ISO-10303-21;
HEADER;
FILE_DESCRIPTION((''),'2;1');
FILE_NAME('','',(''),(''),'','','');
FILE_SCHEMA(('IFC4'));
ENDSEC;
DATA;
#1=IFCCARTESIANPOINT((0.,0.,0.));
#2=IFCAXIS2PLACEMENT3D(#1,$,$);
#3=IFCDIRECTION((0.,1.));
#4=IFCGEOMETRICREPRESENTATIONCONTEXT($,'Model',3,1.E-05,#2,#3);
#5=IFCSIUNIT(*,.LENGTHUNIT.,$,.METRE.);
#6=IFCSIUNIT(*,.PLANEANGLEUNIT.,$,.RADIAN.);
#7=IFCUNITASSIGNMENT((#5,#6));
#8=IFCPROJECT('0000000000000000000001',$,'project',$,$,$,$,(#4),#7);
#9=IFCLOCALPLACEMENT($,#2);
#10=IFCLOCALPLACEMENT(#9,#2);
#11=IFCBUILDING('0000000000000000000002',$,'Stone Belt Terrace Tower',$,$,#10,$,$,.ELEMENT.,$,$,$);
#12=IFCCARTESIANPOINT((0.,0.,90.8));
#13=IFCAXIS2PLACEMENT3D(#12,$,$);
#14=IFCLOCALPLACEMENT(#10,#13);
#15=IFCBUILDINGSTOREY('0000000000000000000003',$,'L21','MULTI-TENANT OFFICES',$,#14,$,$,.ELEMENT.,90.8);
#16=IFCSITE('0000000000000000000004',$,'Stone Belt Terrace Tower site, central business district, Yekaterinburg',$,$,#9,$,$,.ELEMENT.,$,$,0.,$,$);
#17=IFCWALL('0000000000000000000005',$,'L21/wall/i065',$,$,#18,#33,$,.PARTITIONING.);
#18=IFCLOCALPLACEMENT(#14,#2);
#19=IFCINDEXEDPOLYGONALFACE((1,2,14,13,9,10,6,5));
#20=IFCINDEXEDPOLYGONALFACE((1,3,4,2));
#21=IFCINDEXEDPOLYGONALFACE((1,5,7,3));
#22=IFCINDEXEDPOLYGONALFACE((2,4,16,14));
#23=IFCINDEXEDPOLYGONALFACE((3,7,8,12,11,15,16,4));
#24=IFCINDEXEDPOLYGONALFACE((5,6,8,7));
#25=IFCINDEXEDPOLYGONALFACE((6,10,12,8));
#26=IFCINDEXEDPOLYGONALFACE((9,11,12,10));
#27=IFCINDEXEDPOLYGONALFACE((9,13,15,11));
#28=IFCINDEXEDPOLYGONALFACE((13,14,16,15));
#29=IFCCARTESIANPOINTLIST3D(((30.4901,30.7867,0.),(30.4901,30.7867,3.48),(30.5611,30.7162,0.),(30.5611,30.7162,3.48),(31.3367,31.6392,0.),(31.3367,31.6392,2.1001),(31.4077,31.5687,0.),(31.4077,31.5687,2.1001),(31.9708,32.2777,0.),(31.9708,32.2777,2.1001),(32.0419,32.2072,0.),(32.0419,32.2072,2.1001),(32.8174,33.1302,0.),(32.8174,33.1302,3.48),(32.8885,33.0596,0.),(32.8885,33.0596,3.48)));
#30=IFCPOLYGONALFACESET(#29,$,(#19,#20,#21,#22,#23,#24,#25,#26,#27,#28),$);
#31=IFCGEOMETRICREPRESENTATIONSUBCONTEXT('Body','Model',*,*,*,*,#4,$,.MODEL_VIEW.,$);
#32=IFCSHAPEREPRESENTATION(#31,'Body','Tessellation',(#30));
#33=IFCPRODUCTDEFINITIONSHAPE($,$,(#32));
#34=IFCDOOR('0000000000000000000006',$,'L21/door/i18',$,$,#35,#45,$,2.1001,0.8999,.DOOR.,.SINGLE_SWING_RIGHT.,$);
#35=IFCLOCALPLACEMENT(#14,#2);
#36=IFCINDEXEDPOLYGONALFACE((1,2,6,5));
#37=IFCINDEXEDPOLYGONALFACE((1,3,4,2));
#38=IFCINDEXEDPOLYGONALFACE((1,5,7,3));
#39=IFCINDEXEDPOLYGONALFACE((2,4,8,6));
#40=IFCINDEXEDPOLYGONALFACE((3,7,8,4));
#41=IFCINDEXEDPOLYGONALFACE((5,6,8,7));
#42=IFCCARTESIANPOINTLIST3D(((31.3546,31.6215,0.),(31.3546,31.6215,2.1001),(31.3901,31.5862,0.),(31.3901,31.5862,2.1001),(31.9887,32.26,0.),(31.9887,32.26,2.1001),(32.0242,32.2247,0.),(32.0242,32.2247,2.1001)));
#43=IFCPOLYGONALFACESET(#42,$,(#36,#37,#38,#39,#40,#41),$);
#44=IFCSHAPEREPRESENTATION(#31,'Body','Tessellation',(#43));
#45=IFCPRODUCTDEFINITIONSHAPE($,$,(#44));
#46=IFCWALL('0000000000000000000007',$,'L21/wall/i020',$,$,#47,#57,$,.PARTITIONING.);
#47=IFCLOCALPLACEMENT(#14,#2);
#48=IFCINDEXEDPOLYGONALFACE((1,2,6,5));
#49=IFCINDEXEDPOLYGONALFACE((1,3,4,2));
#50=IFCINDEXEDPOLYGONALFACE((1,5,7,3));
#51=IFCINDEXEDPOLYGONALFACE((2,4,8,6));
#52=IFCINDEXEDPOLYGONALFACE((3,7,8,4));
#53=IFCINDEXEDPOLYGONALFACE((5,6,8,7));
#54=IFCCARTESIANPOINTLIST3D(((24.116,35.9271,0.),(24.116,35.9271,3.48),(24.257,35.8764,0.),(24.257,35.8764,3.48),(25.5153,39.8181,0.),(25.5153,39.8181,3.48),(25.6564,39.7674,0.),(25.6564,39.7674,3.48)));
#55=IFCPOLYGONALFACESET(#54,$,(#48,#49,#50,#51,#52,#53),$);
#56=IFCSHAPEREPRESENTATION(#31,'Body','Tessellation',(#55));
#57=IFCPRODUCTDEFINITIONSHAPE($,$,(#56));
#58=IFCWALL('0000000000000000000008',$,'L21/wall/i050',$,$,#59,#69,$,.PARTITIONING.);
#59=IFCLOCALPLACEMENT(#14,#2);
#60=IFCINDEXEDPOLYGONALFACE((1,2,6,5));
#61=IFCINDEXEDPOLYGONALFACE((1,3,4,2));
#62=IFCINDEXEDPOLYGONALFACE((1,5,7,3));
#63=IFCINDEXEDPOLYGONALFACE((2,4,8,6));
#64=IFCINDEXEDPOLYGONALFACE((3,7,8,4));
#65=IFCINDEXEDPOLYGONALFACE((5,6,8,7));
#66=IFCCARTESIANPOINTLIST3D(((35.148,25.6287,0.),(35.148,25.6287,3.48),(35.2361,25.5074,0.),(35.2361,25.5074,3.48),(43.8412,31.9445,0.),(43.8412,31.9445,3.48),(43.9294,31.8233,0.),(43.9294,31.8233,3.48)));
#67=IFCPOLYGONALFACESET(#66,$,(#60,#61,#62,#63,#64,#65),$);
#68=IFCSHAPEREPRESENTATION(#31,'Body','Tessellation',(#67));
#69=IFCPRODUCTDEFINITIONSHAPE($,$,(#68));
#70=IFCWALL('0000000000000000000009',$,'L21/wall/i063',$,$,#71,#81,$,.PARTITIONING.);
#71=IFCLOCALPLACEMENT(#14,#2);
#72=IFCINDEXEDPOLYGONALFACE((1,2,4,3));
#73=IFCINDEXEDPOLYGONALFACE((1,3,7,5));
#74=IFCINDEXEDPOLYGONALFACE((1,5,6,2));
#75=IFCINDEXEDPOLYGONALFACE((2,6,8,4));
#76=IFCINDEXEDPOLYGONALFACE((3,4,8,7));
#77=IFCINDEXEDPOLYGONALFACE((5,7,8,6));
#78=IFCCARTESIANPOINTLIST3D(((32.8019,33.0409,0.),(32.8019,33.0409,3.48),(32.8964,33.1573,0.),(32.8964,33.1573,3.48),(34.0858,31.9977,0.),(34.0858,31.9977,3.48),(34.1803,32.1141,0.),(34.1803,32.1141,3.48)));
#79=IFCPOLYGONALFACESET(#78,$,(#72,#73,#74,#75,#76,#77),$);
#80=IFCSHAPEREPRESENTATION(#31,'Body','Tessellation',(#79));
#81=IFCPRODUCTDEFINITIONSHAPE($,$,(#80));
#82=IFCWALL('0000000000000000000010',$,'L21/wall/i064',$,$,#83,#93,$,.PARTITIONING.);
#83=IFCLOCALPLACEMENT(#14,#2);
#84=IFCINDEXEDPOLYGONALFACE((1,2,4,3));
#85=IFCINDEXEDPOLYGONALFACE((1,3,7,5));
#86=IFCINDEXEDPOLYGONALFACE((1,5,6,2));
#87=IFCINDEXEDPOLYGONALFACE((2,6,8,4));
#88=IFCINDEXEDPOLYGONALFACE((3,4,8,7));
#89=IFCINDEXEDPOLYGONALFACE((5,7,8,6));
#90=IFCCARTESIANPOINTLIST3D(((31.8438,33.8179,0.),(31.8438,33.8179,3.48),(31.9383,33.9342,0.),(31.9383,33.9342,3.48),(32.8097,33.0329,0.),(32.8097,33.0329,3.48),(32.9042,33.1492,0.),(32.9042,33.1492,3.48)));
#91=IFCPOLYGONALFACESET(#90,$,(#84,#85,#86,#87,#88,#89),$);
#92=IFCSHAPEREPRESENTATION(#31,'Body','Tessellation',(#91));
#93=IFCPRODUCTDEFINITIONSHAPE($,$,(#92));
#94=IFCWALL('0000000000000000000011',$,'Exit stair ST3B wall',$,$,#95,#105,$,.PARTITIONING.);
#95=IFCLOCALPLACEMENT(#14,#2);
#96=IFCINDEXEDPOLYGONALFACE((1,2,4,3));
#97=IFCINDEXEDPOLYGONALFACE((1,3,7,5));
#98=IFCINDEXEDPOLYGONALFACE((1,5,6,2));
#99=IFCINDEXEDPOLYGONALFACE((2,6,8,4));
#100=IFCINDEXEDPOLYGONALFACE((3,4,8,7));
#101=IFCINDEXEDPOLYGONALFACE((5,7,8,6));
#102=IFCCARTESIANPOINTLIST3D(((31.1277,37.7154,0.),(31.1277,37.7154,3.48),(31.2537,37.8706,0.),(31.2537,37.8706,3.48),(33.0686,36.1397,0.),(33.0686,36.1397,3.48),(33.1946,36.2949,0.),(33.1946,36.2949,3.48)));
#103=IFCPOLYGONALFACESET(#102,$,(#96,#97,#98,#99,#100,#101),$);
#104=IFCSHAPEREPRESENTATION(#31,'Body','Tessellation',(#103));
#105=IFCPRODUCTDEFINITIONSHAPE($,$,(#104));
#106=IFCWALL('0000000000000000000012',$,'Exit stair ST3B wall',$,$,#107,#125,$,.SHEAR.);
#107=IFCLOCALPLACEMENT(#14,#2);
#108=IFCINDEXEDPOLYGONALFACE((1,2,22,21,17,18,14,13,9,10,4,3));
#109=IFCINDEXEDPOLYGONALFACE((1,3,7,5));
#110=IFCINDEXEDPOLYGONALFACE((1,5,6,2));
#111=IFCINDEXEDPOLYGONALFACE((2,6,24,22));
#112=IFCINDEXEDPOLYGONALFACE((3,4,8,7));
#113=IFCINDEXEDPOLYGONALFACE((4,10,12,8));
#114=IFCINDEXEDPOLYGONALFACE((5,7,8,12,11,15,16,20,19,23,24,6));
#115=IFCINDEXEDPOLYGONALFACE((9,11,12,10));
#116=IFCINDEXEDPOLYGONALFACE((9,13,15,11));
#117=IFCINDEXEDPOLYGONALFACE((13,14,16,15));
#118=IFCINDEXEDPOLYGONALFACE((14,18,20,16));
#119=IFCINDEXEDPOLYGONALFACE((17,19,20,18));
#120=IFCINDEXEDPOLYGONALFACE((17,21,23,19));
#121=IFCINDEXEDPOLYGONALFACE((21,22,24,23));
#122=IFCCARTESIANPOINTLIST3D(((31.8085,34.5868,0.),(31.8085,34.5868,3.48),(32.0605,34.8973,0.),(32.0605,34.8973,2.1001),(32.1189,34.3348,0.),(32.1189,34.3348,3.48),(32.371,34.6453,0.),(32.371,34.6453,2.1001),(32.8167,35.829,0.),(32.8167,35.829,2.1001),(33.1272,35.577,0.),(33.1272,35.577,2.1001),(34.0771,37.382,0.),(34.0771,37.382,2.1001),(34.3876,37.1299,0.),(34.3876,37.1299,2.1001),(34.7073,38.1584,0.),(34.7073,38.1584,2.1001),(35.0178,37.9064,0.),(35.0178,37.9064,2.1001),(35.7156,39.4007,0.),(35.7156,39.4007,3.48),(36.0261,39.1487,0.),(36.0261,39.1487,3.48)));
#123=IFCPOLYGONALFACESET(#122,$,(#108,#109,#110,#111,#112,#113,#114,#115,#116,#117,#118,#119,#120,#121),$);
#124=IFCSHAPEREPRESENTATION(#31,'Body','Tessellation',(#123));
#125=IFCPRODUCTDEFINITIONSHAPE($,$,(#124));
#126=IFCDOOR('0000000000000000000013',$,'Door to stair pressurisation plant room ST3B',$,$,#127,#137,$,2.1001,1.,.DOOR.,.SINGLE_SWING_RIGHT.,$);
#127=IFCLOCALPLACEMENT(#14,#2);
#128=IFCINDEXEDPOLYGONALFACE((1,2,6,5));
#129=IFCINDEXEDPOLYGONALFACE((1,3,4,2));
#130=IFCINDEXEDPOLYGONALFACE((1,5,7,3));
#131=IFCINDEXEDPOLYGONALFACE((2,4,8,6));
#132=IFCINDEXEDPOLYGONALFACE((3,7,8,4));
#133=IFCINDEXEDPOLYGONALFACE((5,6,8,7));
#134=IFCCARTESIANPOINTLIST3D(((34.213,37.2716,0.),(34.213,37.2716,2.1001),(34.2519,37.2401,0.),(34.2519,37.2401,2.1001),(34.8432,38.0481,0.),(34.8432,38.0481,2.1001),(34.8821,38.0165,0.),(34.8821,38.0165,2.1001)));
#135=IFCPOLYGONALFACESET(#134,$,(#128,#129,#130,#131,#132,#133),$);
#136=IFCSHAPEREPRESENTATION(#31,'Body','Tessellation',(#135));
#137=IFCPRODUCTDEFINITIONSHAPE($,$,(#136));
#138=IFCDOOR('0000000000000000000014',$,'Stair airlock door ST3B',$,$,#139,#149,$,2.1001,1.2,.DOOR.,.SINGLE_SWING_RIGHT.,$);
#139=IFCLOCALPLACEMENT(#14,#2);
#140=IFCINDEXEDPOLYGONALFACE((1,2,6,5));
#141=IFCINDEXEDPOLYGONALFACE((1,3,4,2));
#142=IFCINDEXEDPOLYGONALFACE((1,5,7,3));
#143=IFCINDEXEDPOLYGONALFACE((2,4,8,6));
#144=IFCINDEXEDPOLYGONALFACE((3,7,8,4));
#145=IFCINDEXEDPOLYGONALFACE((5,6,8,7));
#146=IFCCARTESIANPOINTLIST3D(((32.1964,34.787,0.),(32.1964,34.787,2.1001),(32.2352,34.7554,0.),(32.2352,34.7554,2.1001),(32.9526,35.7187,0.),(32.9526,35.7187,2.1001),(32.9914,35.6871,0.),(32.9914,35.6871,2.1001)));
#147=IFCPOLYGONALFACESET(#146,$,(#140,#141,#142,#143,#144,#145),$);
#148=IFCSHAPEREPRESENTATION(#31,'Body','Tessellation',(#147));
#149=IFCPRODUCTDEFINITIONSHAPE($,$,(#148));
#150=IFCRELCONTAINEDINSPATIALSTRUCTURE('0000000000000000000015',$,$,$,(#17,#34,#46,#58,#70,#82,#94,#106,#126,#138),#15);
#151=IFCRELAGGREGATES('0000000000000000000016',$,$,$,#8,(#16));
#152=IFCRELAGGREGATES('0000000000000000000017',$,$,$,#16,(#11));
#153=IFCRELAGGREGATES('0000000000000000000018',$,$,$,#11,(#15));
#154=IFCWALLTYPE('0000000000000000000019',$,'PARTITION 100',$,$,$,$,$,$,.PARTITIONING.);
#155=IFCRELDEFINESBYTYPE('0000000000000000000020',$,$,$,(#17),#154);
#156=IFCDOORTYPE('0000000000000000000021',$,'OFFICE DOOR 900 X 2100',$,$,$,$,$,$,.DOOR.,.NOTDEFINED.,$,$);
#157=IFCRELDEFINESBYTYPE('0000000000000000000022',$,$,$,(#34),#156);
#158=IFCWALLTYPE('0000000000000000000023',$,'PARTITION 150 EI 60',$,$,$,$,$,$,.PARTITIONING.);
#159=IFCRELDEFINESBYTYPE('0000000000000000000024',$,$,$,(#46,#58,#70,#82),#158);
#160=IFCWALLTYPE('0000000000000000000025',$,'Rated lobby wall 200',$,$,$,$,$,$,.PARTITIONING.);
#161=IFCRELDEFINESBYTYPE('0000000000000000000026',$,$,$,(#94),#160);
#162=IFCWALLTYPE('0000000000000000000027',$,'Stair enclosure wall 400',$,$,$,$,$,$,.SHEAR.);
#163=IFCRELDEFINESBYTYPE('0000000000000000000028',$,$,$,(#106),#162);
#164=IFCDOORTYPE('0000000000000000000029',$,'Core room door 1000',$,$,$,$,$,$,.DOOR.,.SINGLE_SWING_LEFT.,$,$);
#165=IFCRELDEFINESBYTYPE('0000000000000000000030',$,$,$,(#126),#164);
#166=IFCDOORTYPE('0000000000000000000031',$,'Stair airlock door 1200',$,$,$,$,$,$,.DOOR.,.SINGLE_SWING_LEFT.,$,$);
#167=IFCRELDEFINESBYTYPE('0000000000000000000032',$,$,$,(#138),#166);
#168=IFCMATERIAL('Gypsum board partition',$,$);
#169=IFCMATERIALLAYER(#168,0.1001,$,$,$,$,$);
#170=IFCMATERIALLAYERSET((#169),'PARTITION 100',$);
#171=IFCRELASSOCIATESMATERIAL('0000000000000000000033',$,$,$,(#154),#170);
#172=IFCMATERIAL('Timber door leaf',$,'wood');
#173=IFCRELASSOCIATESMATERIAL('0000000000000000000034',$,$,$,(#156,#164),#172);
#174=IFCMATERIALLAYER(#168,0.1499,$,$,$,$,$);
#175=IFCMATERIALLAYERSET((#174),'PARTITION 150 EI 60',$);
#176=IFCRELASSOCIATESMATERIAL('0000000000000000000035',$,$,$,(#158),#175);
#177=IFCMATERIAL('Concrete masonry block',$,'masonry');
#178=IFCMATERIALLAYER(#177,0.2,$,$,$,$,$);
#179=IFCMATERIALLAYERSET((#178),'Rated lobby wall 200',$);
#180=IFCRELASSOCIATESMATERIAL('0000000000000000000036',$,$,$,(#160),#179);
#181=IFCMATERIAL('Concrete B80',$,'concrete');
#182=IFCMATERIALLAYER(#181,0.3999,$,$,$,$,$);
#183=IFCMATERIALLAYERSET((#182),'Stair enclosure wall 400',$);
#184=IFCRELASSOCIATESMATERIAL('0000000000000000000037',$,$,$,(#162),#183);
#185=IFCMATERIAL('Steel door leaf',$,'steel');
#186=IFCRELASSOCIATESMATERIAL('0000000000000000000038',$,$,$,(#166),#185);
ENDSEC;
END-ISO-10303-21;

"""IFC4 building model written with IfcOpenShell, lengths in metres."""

from ifc_helpers import new_model, si_unit, direction, frame, frame_2d, origin, place, context, subcontext, project, spatial, rectangle, extrude, material, layer, layer_set, type_object, element, fill, save


model = new_model("IFC4")

# Units and contexts
model_context = context("Model", 3, precision=1e-05, world=origin(), true_north=direction((0.0, 1.0)))
body_context = subcontext(model_context, "Body", "Model", "MODEL_VIEW")
ifc_project = project(units=[si_unit("LENGTHUNIT", "METRE"), si_unit("PLANEANGLEUNIT", "RADIAN")], contexts=[model_context])

# Site, building, storey
site_placement = place(None, origin())
site = spatial("IfcSite", under=ifc_project, at=site_placement, Name="Stone Belt Terrace Tower site, central business district, Yekaterinburg", CompositionType="ELEMENT", RefElevation=0.0)
building_placement = place(site_placement, origin())
building = spatial("IfcBuilding", under=site, at=building_placement, Name="Stone Belt Terrace Tower", CompositionType="ELEMENT")
storey_placement = place(building_placement, frame((0.0, 0.0, 90.8)))
storey = spatial("IfcBuildingStorey", under=building, at=storey_placement, Name="L21", Description="MULTI-TENANT OFFICES", CompositionType="ELEMENT", Elevation=90.8)

# Shared definitions
ifc_material_1 = material(Name="Concrete B80", Category="concrete")

# Wall, opening, door
ifc_material_2 = material(Name="Gypsum board partition")
ifc_layer_1 = layer(ifc_material_2, 0.1001)
ifc_layer_set_1 = layer_set([ifc_layer_1], Name="PARTITION 100")
wall_type_1 = type_object("IfcWallType", Name="PARTITION 100", PredefinedType="PARTITIONING", material=ifc_layer_set_1)
wall_1_placement = place(storey_placement, frame((30.5256, 30.7515, 0.0), z_axis=(0.0, 0.0, 1.0), x_axis=(0.704663, 0.709542, 0.0)))
wall_1 = element("IfcWall", 1, at=wall_1_placement, inside=storey, type_object=wall_type_1, Name="L21/wall/i065", PredefinedType="PARTITIONING", context=body_context, shape_type="SweptSolid", body=[
    extrude(rectangle(XDim=3.3027, YDim=0.1001, at=frame_2d((1.6514, 0.0))), origin(), (0.0, 0.0, 1.0), 3.48),
])
opening_1_placement = place(wall_1_placement, frame((1.2014, 0.0, 0.0)))
opening_1 = element("IfcOpeningElement", 2, at=opening_1_placement, cuts=wall_1, PredefinedType="OPENING", context=body_context, shape_type="SweptSolid", body=[
    extrude(rectangle(XDim=0.8999, YDim=2.1001, at=frame_2d((0.45, 1.05))), frame((0.0, 0.0601, 0.0), z_axis=(0.0, -1.0, 0.0), x_axis=(1.0, 0.0, 0.0)), (0.0, 0.0, 1.0), 0.1201),
])
ifc_material_3 = material(Name="Timber door leaf", Category="wood")
door_type_1 = type_object("IfcDoorType", Name="OFFICE DOOR 900 X 2100", OperationType="NOTDEFINED", PredefinedType="DOOR", material=ifc_material_3)
door_1_placement = place(opening_1_placement, origin())
door_1 = element("IfcDoor", 3, at=door_1_placement, inside=storey, type_object=door_type_1, Name="L21/door/i18", OperationType="SINGLE_SWING_RIGHT", OverallHeight=2.1001, OverallWidth=0.8999, PredefinedType="DOOR", context=body_context, shape_type="SweptSolid", body=[
    extrude(rectangle(XDim=0.8999, YDim=2.1001, at=frame_2d((0.45, 1.05))), frame((0.0, 0.0249, 0.0), z_axis=(0.0, -1.0, 0.0), x_axis=(1.0, 0.0, 0.0)), (0.0, 0.0, 1.0), 0.05),
])
fill(opening_1, door_1)

# Walls
ifc_layer_2 = layer(ifc_material_2, 0.1499)
ifc_layer_set_2 = layer_set([ifc_layer_2], Name="PARTITION 150 EI 60")
wall_type_2 = type_object("IfcWallType", Name="PARTITION 150 EI 60", PredefinedType="PARTITIONING", material=ifc_layer_set_2)
wall_2_placement = place(storey_placement, frame((24.1865, 35.9019, 0.0), z_axis=(0.0, 0.0, 1.0), x_axis=(0.338423, 0.940994, 0.0)))
element("IfcWall", 4, at=wall_2_placement, inside=storey, type_object=wall_type_2, Name="L21/wall/i020", PredefinedType="PARTITIONING", context=body_context, shape_type="SweptSolid", body=[
    extrude(rectangle(XDim=4.135, YDim=0.1499, at=frame_2d((2.0674, 0.0))), origin(), (0.0, 0.0, 1.0), 3.48),
])
wall_3_placement = place(storey_placement, frame((35.1921, 25.5681, 0.0), z_axis=(0.0, 0.0, 1.0), x_axis=(0.809025, 0.587774, 0.0)))
element("IfcWall", 5, at=wall_3_placement, inside=storey, type_object=wall_type_2, Name="L21/wall/i050", PredefinedType="PARTITIONING", context=body_context, shape_type="SweptSolid", body=[
    extrude(rectangle(XDim=10.7454, YDim=0.1499, at=frame_2d((5.3726, 0.0))), origin(), (0.0, 0.0, 1.0), 3.48),
])
wall_4_placement = place(storey_placement, frame((34.1331, 32.0559, 0.0), z_axis=(0.0, 0.0, 1.0), x_axis=(-0.776109, 0.630598, 0.0)))
element("IfcWall", 6, at=wall_4_placement, inside=storey, type_object=wall_type_2, Name="L21/wall/i063", PredefinedType="PARTITIONING", context=body_context, shape_type="SweptSolid", body=[
    extrude(rectangle(XDim=1.6543, YDim=0.1499, at=frame_2d((0.8271, 0.0))), origin(), (0.0, 0.0, 1.0), 3.48),
])
wall_5_placement = place(storey_placement, frame((32.8569, 33.0911, 0.0), z_axis=(0.0, 0.0, 1.0), x_axis=(-0.776042, 0.630681, 0.0)))
element("IfcWall", 7, at=wall_5_placement, inside=storey, type_object=wall_type_2, Name="L21/wall/i064", PredefinedType="PARTITIONING", context=body_context, shape_type="SweptSolid", body=[
    extrude(rectangle(XDim=1.2446, YDim=0.1499, at=frame_2d((0.6223, 0.0))), origin(), (0.0, 0.0, 1.0), 3.48),
])
ifc_material_4 = material(Name="Concrete masonry block", Category="masonry")
ifc_layer_3 = layer(ifc_material_4, 0.2)
ifc_layer_set_3 = layer_set([ifc_layer_3], Name="Rated lobby wall 200")
wall_type_3 = type_object("IfcWallType", Name="Rated lobby wall 200", PredefinedType="PARTITIONING", material=ifc_layer_set_3)
wall_6_placement = place(storey_placement, frame((31.1907, 37.793, 0.0), z_axis=(0.0, 0.0, 1.0), x_axis=(0.776371, -0.630276, 0.0)))
element("IfcWall", 8, at=wall_6_placement, inside=storey, type_object=wall_type_3, Name="Exit stair ST3B wall", PredefinedType="PARTITIONING", context=body_context, shape_type="SweptSolid", body=[
    extrude(rectangle(XDim=2.5, YDim=0.2, at=frame_2d((1.25, 0.0))), origin(), (0.0, 0.0, 1.0), 3.48),
])

# Wall, openings, doors
ifc_layer_4 = layer(ifc_material_1, 0.3999)
ifc_layer_set_4 = layer_set([ifc_layer_4], Name="Stair enclosure wall 400")
wall_type_4 = type_object("IfcWallType", Name="Stair enclosure wall 400", PredefinedType="SHEAR", material=ifc_layer_set_4)
wall_7_placement = place(storey_placement, frame((31.9636, 34.4607, 0.0), z_axis=(0.0, 0.0, 1.0), x_axis=(0.630192, 0.776439, 0.0)))
wall_7 = element("IfcWall", 9, at=wall_7_placement, inside=storey, type_object=wall_type_4, Name="Exit stair ST3B wall", PredefinedType="SHEAR", context=body_context, shape_type="SweptSolid", body=[
    extrude(rectangle(XDim=6.2, YDim=0.3999, at=frame_2d((3.1001, 0.0))), origin(), (0.0, 0.0, 1.0), 3.48),
])
opening_2_placement = place(wall_7_placement, frame((0.3999, 0.0, 0.0)))
opening_2 = element("IfcOpeningElement", 10, at=opening_2_placement, cuts=wall_7, PredefinedType="OPENING", context=body_context, shape_type="SweptSolid", body=[
    extrude(rectangle(XDim=1.2, YDim=2.1001, at=frame_2d((0.6001, 1.05))), frame((0.0, 0.21, 0.0), z_axis=(0.0, -1.0, 0.0), x_axis=(1.0, 0.0, 0.0)), (0.0, 0.0, 1.0), 0.4199),
])
opening_3_placement = place(wall_7_placement, frame((3.6001, 0.0, 0.0)))
opening_3 = element("IfcOpeningElement", 11, at=opening_3_placement, cuts=wall_7, PredefinedType="OPENING", context=body_context, shape_type="SweptSolid", body=[
    extrude(rectangle(XDim=1.0, YDim=2.1001, at=frame_2d((0.5, 1.05))), frame((0.0, 0.21, 0.0), z_axis=(0.0, -1.0, 0.0), x_axis=(1.0, 0.0, 0.0)), (0.0, 0.0, 1.0), 0.4199),
])
door_type_2 = type_object("IfcDoorType", Name="Core room door 1000", OperationType="SINGLE_SWING_LEFT", PredefinedType="DOOR", material=ifc_material_3)
door_2_placement = place(opening_3_placement, origin())
door_2 = element("IfcDoor", 12, at=door_2_placement, inside=storey, type_object=door_type_2, Name="Door to stair pressurisation plant room ST3B", OperationType="SINGLE_SWING_RIGHT", OverallHeight=2.1001, OverallWidth=1.0, PredefinedType="DOOR", context=body_context, shape_type="SweptSolid", body=[
    extrude(rectangle(XDim=1.0, YDim=2.1001, at=frame_2d((0.5, 1.05))), frame((0.0, 0.0249, 0.0), z_axis=(0.0, -1.0, 0.0), x_axis=(1.0, 0.0, 0.0)), (0.0, 0.0, 1.0), 0.05),
])
fill(opening_3, door_2)
ifc_material_5 = material(Name="Steel door leaf", Category="steel")
door_type_3 = type_object("IfcDoorType", Name="Stair airlock door 1200", OperationType="SINGLE_SWING_LEFT", PredefinedType="DOOR", material=ifc_material_5)
door_3_placement = place(opening_2_placement, origin())
door_3 = element("IfcDoor", 13, at=door_3_placement, inside=storey, type_object=door_type_3, Name="Stair airlock door ST3B", OperationType="SINGLE_SWING_RIGHT", OverallHeight=2.1001, OverallWidth=1.2, PredefinedType="DOOR", context=body_context, shape_type="SweptSolid", body=[
    extrude(rectangle(XDim=1.2, YDim=2.1001, at=frame_2d((0.6001, 1.05))), frame((0.0, 0.0249, 0.0), z_axis=(0.0, -1.0, 0.0), x_axis=(1.0, 0.0, 0.0)), (0.0, 0.0, 1.0), 0.05),
])
fill(opening_2, door_3)

save(model, "model.ifc")
